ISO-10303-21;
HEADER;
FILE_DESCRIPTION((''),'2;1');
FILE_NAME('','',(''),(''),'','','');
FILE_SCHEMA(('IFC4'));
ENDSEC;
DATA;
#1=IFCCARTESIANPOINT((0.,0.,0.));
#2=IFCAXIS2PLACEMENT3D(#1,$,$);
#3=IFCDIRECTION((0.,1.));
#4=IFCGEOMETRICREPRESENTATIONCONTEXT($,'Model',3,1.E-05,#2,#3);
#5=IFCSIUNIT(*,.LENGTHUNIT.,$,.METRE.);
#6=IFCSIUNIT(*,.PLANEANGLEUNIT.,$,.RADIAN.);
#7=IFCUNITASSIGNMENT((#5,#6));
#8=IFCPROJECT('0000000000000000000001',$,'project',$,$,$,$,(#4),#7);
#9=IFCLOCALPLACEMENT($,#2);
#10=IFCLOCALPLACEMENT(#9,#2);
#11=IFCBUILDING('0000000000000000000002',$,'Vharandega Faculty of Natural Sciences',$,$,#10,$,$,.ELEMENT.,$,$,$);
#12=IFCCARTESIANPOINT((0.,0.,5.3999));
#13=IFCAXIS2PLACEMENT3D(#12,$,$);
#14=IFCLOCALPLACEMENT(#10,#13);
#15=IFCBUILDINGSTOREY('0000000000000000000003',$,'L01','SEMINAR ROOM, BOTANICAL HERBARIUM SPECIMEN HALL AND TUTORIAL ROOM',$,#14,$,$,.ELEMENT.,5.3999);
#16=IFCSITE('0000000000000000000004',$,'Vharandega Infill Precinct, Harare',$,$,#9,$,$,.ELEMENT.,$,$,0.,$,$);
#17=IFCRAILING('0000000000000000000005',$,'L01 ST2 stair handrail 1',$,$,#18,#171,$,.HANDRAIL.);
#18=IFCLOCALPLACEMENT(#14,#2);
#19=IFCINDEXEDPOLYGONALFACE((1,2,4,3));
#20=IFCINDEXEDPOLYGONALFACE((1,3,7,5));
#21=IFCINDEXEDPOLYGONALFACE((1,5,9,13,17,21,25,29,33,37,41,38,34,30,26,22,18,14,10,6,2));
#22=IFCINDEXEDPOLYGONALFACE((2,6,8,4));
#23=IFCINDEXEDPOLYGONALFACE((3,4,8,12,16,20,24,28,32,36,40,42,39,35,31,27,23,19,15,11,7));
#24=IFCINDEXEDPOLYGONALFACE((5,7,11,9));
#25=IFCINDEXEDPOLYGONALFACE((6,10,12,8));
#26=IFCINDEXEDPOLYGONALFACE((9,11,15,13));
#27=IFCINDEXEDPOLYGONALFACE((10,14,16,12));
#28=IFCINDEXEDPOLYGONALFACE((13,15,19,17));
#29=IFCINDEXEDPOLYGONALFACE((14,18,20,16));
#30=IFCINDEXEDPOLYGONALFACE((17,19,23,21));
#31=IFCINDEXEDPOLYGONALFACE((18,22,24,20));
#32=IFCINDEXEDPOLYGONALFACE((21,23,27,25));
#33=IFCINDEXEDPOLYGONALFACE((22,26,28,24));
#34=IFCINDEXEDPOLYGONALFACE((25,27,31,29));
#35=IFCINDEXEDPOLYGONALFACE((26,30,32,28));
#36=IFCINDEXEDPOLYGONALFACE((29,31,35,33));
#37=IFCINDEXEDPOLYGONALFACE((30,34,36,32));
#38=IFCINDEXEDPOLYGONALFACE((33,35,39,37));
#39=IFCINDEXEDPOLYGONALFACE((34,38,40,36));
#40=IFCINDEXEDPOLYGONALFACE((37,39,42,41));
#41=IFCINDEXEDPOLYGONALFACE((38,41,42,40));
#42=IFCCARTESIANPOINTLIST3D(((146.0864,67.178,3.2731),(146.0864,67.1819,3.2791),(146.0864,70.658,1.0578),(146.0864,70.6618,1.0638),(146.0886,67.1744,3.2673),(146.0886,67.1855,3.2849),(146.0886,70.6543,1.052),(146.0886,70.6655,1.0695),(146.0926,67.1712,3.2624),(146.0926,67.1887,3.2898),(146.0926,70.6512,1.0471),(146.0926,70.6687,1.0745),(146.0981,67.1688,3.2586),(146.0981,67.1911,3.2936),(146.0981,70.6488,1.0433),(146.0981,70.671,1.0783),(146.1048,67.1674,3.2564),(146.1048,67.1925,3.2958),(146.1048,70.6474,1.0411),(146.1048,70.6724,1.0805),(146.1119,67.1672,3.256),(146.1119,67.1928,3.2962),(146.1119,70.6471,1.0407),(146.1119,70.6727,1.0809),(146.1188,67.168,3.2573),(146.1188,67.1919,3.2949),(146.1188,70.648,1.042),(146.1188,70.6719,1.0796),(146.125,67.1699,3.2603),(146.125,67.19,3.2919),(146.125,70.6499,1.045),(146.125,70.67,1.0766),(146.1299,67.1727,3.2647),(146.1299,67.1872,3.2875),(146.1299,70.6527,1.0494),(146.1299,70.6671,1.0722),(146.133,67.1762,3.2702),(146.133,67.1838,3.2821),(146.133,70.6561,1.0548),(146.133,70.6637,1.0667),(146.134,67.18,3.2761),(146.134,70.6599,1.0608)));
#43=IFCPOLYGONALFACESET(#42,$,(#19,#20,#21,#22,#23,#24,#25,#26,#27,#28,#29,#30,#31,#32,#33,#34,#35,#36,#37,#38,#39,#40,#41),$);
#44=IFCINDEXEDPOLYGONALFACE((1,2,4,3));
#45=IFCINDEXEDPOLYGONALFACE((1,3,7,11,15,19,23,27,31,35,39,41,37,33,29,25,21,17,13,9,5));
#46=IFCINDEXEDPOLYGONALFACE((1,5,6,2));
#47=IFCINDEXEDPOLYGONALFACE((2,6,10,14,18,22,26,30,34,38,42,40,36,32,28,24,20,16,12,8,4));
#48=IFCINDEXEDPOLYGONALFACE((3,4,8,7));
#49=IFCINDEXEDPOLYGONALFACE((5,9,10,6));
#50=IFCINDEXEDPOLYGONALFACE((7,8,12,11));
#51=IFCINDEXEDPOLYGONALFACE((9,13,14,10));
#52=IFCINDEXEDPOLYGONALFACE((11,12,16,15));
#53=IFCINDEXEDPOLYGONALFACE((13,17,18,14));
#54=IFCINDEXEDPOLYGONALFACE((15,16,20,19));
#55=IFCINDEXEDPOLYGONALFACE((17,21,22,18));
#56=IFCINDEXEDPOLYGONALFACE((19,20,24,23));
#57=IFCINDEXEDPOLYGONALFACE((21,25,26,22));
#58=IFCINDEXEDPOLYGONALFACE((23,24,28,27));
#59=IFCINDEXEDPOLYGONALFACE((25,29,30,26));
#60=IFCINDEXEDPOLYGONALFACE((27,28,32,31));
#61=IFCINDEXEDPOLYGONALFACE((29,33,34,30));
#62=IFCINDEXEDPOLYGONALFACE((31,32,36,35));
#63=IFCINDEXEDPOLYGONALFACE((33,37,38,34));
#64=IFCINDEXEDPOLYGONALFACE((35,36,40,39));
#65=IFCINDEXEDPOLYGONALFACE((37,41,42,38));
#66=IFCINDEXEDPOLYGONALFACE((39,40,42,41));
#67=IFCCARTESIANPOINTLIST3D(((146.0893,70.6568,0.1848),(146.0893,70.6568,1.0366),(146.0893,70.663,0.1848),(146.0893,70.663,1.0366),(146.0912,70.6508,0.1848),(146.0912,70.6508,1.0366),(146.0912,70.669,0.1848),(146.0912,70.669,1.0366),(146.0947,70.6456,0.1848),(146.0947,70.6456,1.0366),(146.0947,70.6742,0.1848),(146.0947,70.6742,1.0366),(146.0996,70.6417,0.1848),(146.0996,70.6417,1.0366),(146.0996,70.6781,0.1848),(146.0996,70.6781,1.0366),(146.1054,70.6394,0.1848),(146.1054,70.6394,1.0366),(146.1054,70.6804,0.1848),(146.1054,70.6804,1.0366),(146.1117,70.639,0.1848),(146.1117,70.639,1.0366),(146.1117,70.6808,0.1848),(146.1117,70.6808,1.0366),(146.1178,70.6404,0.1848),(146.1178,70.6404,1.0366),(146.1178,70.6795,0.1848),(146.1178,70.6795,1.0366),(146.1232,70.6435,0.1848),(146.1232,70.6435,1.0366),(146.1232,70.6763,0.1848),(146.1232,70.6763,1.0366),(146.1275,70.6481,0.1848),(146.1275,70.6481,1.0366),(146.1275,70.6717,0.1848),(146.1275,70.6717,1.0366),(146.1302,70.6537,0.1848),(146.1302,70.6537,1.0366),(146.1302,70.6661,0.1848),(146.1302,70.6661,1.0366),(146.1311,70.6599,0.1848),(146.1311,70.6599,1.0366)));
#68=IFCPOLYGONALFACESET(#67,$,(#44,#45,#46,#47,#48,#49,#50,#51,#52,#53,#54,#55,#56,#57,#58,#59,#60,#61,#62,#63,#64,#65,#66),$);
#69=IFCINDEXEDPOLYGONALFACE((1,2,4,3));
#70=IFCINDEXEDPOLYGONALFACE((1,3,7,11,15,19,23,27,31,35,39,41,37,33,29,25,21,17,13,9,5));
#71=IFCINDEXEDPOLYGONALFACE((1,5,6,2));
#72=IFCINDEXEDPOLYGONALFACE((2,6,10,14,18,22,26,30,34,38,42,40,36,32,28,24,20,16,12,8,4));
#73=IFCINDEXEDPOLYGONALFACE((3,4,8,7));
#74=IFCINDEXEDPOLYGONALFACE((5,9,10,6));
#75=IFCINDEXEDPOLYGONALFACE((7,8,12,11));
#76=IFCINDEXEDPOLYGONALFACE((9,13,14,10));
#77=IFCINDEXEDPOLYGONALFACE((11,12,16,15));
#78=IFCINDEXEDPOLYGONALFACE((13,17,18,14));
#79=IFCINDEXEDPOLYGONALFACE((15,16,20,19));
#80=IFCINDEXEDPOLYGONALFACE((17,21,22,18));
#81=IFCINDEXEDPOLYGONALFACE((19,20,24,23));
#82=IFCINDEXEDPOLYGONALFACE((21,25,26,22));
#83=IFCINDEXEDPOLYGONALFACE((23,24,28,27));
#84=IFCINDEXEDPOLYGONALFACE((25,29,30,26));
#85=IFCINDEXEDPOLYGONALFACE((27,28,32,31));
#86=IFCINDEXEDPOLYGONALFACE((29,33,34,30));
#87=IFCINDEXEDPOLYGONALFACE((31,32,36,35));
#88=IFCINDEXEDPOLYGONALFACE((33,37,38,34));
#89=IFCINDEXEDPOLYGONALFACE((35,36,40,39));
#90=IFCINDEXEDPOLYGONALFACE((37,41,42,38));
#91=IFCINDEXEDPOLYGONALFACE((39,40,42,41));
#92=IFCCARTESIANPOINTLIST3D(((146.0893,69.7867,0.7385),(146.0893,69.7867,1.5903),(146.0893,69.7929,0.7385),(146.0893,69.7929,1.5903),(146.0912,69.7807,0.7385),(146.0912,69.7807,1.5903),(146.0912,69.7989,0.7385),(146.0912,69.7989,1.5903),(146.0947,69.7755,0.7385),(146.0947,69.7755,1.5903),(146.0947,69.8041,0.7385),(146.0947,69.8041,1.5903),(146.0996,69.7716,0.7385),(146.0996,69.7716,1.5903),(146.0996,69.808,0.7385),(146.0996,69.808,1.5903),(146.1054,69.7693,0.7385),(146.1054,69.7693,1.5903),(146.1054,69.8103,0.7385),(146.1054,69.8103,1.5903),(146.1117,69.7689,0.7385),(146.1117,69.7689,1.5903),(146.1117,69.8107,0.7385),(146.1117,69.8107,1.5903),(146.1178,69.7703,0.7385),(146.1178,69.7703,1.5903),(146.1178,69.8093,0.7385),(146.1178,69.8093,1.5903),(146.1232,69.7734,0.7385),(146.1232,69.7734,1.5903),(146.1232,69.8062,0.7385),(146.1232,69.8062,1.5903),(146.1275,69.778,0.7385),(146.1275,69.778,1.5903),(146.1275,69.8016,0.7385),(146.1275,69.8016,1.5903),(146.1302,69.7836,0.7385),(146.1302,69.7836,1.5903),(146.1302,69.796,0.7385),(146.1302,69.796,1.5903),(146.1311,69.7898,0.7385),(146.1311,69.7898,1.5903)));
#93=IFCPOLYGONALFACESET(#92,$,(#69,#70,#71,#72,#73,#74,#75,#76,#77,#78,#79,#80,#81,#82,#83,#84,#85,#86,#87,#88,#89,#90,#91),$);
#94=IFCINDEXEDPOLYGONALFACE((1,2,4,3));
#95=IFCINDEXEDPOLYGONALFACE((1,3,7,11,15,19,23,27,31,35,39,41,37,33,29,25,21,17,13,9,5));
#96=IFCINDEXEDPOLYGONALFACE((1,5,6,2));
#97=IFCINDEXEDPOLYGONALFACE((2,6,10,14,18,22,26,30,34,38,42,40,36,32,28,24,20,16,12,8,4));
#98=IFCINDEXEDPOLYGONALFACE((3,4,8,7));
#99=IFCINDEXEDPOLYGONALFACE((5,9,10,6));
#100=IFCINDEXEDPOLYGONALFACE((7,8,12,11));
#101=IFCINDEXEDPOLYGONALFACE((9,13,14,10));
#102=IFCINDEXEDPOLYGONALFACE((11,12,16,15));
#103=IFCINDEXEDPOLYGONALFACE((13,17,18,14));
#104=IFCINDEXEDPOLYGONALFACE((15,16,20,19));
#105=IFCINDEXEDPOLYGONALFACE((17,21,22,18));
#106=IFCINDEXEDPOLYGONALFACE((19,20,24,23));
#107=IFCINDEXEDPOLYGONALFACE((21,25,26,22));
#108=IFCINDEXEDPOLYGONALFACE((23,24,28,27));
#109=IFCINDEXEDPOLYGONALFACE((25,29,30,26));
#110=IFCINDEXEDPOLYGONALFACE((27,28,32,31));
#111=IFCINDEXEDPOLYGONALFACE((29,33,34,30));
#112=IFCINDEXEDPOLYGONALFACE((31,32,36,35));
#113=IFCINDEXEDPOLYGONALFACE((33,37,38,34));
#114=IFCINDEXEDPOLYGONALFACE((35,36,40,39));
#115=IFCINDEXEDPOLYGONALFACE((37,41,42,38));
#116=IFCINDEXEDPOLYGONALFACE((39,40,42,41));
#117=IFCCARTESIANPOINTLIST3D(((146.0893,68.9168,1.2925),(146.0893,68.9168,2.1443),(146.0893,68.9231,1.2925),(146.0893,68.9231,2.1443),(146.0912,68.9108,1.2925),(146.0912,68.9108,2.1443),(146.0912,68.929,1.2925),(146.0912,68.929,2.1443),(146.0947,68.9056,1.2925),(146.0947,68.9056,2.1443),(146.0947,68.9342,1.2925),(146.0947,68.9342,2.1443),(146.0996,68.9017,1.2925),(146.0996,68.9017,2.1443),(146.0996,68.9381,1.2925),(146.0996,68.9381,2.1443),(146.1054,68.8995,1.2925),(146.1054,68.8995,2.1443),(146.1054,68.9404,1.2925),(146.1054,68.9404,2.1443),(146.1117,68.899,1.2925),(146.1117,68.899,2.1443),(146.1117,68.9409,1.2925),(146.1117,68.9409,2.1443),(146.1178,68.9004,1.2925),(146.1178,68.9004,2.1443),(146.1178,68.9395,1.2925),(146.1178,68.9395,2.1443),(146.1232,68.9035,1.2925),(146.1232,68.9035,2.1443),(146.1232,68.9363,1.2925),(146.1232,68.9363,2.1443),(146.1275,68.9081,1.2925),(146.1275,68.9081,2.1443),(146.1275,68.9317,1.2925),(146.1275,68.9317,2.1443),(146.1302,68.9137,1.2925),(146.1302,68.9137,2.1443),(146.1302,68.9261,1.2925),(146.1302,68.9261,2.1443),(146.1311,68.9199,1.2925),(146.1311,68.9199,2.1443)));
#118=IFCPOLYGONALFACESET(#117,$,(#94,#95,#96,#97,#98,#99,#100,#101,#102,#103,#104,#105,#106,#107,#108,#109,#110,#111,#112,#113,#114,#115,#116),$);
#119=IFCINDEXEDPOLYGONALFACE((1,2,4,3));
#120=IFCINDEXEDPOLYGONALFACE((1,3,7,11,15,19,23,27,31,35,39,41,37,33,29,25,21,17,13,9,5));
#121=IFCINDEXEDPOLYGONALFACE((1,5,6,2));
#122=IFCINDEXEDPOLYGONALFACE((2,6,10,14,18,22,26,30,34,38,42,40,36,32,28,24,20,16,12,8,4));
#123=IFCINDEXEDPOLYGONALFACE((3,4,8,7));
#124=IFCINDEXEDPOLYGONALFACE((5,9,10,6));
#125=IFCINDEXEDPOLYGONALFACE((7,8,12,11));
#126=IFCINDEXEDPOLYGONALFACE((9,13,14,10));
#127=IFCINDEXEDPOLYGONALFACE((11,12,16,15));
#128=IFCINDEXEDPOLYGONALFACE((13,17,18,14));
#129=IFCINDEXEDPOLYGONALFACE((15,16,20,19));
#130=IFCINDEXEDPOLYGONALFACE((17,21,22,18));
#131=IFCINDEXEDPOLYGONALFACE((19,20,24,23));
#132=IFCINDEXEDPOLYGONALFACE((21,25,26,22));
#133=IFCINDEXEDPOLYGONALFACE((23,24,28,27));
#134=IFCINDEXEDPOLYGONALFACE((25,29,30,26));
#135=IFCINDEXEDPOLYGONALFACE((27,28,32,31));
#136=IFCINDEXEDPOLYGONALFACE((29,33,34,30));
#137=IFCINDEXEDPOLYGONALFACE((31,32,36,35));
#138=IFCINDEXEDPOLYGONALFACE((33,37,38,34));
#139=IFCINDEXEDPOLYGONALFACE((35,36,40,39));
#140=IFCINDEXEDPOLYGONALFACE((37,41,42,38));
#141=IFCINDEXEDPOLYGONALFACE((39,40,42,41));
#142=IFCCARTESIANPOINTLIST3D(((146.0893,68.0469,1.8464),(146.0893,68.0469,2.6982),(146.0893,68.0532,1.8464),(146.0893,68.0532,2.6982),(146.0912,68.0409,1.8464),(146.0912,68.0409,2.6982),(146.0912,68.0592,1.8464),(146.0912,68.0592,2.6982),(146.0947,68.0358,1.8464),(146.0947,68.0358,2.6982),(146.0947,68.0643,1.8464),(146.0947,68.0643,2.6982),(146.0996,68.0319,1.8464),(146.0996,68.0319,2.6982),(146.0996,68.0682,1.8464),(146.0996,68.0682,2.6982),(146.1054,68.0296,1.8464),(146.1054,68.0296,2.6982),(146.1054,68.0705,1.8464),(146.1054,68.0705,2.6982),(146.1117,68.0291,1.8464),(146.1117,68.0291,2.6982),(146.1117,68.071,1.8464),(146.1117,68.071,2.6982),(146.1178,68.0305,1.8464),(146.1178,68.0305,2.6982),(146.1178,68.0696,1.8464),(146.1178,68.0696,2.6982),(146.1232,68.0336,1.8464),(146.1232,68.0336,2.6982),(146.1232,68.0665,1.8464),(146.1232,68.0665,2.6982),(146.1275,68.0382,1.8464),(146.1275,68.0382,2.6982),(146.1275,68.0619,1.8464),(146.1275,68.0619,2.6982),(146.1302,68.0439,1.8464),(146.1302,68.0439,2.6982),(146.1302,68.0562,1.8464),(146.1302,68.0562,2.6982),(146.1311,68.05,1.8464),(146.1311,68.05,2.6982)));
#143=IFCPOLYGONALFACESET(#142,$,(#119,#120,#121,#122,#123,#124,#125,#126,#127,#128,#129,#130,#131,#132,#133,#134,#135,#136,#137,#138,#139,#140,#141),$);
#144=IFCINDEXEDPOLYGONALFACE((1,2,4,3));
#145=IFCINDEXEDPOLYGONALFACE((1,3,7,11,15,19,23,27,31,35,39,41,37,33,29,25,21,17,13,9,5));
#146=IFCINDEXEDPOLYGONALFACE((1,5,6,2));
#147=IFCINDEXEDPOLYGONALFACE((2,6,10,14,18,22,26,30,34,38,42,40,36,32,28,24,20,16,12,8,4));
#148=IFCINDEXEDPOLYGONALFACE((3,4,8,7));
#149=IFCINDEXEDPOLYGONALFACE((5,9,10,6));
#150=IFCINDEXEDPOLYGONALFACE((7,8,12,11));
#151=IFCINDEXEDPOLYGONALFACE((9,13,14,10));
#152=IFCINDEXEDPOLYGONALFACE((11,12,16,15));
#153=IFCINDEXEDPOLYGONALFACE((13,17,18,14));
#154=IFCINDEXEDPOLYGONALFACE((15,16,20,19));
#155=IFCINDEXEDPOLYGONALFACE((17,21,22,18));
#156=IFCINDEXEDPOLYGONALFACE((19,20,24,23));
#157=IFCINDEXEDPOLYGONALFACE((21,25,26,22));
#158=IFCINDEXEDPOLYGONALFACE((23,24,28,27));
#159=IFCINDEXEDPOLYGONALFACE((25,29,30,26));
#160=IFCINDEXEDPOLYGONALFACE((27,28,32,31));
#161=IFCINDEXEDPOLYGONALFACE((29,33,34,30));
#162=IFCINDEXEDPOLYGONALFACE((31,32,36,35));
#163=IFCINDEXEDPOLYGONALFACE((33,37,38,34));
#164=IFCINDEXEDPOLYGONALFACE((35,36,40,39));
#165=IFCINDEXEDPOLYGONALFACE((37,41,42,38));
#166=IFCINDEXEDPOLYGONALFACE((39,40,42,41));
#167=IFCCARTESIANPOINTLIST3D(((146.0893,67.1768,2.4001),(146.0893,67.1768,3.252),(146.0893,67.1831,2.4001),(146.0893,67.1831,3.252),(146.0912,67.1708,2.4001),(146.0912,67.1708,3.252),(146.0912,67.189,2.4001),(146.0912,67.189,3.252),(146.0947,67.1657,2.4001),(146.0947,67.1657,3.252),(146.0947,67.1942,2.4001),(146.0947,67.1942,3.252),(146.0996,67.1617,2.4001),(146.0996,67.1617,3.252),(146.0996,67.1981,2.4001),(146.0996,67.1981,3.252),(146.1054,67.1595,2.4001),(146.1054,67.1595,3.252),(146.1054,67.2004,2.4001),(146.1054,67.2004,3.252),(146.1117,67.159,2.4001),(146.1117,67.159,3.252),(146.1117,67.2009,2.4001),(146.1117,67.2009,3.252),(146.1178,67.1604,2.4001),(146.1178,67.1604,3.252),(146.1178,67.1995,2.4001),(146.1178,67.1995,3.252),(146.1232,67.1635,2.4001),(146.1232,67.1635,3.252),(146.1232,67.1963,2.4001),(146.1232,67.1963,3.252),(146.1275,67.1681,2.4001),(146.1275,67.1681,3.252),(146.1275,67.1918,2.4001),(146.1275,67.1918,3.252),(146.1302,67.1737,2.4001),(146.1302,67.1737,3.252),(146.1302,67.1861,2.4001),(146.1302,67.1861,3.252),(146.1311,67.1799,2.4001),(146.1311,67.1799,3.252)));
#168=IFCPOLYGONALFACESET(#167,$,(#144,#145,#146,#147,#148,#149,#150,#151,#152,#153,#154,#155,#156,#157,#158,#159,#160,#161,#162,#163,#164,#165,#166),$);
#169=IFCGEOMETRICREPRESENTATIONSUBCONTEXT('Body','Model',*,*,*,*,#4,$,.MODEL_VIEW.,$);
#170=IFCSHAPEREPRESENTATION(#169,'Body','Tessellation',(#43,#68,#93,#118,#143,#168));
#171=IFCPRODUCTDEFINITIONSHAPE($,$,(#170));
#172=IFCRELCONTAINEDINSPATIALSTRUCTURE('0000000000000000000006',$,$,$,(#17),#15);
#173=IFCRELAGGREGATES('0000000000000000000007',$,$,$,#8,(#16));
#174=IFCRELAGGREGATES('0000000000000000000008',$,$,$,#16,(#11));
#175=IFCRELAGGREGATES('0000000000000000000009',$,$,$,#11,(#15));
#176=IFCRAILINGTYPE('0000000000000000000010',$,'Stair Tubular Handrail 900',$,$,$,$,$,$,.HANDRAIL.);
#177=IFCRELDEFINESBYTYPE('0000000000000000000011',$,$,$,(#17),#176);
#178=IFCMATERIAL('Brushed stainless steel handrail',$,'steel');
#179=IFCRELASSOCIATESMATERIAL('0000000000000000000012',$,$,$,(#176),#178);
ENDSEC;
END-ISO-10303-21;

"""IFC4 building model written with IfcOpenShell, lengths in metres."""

from ifc_helpers import new_model, si_unit, direction, frame, origin, origin_2d, place, context, subcontext, project, spatial, circle, extrude, material, type_object, element, save


model = new_model("IFC4")

# Units and contexts
model_context = context("Model", 3, precision=1e-05, world=origin(), true_north=direction((0.0, 1.0)))
body_context = subcontext(model_context, "Body", "Model", "MODEL_VIEW")
ifc_project = project(units=[si_unit("LENGTHUNIT", "METRE"), si_unit("PLANEANGLEUNIT", "RADIAN")], contexts=[model_context])

# Site, building, storey
site_placement = place(None, origin())
site = spatial("IfcSite", under=ifc_project, at=site_placement, Name="Vharandega Infill Precinct, Harare", CompositionType="ELEMENT", RefElevation=0.0)
building_placement = place(site_placement, origin())
building = spatial("IfcBuilding", under=site, at=building_placement, Name="Vharandega Faculty of Natural Sciences", CompositionType="ELEMENT")
storey_placement = place(building_placement, frame((0.0, 0.0, 5.3999)))
storey = spatial("IfcBuildingStorey", under=building, at=storey_placement, Name="L01", Description="SEMINAR ROOM, BOTANICAL HERBARIUM SPECIMEN HALL AND TUTORIAL ROOM", CompositionType="ELEMENT", Elevation=5.3999)

# Railing
ifc_material_1 = material(Name="Brushed stainless steel handrail", Category="steel")
railing_type_1 = type_object("IfcRailingType", Name="Stair Tubular Handrail 900", PredefinedType="HANDRAIL", material=ifc_material_1)
railing_1_placement = place(storey_placement, frame((146.1101, 70.6599, 0.1848)))
element("IfcRailing", 1, at=railing_1_placement, inside=storey, type_object=railing_type_1, Name="L01 ST2 stair handrail 1", PredefinedType="HANDRAIL", context=body_context, shape_type="SweptSolid", body=[
    extrude(circle(Radius=0.0239, at=origin_2d()), frame((0.0, 0.0, 0.876), z_axis=(0.0, -0.843574, 0.537013), x_axis=(1.0, 0.0, 0.0)), (0.0, 0.0, 1.0), 4.1252),
    extrude(circle(Radius=0.021, at=origin_2d()), origin(), (0.0, 0.0, 1.0), 0.8518),
    extrude(circle(Radius=0.021, at=origin_2d()), frame((0.0, -0.8701, 0.5537)), (0.0, 0.0, 1.0), 0.8518),
    extrude(circle(Radius=0.021, at=origin_2d()), frame((0.0, -1.74, 1.1077)), (0.0, 0.0, 1.0), 0.8518),
    extrude(circle(Radius=0.021, at=origin_2d()), frame((0.0, -2.6099, 1.6616)), (0.0, 0.0, 1.0), 0.8518),
    extrude(circle(Radius=0.021, at=origin_2d()), frame((0.0, -3.48, 2.2153)), (0.0, 0.0, 1.0), 0.8518),
])

save(model, "model.ifc")
